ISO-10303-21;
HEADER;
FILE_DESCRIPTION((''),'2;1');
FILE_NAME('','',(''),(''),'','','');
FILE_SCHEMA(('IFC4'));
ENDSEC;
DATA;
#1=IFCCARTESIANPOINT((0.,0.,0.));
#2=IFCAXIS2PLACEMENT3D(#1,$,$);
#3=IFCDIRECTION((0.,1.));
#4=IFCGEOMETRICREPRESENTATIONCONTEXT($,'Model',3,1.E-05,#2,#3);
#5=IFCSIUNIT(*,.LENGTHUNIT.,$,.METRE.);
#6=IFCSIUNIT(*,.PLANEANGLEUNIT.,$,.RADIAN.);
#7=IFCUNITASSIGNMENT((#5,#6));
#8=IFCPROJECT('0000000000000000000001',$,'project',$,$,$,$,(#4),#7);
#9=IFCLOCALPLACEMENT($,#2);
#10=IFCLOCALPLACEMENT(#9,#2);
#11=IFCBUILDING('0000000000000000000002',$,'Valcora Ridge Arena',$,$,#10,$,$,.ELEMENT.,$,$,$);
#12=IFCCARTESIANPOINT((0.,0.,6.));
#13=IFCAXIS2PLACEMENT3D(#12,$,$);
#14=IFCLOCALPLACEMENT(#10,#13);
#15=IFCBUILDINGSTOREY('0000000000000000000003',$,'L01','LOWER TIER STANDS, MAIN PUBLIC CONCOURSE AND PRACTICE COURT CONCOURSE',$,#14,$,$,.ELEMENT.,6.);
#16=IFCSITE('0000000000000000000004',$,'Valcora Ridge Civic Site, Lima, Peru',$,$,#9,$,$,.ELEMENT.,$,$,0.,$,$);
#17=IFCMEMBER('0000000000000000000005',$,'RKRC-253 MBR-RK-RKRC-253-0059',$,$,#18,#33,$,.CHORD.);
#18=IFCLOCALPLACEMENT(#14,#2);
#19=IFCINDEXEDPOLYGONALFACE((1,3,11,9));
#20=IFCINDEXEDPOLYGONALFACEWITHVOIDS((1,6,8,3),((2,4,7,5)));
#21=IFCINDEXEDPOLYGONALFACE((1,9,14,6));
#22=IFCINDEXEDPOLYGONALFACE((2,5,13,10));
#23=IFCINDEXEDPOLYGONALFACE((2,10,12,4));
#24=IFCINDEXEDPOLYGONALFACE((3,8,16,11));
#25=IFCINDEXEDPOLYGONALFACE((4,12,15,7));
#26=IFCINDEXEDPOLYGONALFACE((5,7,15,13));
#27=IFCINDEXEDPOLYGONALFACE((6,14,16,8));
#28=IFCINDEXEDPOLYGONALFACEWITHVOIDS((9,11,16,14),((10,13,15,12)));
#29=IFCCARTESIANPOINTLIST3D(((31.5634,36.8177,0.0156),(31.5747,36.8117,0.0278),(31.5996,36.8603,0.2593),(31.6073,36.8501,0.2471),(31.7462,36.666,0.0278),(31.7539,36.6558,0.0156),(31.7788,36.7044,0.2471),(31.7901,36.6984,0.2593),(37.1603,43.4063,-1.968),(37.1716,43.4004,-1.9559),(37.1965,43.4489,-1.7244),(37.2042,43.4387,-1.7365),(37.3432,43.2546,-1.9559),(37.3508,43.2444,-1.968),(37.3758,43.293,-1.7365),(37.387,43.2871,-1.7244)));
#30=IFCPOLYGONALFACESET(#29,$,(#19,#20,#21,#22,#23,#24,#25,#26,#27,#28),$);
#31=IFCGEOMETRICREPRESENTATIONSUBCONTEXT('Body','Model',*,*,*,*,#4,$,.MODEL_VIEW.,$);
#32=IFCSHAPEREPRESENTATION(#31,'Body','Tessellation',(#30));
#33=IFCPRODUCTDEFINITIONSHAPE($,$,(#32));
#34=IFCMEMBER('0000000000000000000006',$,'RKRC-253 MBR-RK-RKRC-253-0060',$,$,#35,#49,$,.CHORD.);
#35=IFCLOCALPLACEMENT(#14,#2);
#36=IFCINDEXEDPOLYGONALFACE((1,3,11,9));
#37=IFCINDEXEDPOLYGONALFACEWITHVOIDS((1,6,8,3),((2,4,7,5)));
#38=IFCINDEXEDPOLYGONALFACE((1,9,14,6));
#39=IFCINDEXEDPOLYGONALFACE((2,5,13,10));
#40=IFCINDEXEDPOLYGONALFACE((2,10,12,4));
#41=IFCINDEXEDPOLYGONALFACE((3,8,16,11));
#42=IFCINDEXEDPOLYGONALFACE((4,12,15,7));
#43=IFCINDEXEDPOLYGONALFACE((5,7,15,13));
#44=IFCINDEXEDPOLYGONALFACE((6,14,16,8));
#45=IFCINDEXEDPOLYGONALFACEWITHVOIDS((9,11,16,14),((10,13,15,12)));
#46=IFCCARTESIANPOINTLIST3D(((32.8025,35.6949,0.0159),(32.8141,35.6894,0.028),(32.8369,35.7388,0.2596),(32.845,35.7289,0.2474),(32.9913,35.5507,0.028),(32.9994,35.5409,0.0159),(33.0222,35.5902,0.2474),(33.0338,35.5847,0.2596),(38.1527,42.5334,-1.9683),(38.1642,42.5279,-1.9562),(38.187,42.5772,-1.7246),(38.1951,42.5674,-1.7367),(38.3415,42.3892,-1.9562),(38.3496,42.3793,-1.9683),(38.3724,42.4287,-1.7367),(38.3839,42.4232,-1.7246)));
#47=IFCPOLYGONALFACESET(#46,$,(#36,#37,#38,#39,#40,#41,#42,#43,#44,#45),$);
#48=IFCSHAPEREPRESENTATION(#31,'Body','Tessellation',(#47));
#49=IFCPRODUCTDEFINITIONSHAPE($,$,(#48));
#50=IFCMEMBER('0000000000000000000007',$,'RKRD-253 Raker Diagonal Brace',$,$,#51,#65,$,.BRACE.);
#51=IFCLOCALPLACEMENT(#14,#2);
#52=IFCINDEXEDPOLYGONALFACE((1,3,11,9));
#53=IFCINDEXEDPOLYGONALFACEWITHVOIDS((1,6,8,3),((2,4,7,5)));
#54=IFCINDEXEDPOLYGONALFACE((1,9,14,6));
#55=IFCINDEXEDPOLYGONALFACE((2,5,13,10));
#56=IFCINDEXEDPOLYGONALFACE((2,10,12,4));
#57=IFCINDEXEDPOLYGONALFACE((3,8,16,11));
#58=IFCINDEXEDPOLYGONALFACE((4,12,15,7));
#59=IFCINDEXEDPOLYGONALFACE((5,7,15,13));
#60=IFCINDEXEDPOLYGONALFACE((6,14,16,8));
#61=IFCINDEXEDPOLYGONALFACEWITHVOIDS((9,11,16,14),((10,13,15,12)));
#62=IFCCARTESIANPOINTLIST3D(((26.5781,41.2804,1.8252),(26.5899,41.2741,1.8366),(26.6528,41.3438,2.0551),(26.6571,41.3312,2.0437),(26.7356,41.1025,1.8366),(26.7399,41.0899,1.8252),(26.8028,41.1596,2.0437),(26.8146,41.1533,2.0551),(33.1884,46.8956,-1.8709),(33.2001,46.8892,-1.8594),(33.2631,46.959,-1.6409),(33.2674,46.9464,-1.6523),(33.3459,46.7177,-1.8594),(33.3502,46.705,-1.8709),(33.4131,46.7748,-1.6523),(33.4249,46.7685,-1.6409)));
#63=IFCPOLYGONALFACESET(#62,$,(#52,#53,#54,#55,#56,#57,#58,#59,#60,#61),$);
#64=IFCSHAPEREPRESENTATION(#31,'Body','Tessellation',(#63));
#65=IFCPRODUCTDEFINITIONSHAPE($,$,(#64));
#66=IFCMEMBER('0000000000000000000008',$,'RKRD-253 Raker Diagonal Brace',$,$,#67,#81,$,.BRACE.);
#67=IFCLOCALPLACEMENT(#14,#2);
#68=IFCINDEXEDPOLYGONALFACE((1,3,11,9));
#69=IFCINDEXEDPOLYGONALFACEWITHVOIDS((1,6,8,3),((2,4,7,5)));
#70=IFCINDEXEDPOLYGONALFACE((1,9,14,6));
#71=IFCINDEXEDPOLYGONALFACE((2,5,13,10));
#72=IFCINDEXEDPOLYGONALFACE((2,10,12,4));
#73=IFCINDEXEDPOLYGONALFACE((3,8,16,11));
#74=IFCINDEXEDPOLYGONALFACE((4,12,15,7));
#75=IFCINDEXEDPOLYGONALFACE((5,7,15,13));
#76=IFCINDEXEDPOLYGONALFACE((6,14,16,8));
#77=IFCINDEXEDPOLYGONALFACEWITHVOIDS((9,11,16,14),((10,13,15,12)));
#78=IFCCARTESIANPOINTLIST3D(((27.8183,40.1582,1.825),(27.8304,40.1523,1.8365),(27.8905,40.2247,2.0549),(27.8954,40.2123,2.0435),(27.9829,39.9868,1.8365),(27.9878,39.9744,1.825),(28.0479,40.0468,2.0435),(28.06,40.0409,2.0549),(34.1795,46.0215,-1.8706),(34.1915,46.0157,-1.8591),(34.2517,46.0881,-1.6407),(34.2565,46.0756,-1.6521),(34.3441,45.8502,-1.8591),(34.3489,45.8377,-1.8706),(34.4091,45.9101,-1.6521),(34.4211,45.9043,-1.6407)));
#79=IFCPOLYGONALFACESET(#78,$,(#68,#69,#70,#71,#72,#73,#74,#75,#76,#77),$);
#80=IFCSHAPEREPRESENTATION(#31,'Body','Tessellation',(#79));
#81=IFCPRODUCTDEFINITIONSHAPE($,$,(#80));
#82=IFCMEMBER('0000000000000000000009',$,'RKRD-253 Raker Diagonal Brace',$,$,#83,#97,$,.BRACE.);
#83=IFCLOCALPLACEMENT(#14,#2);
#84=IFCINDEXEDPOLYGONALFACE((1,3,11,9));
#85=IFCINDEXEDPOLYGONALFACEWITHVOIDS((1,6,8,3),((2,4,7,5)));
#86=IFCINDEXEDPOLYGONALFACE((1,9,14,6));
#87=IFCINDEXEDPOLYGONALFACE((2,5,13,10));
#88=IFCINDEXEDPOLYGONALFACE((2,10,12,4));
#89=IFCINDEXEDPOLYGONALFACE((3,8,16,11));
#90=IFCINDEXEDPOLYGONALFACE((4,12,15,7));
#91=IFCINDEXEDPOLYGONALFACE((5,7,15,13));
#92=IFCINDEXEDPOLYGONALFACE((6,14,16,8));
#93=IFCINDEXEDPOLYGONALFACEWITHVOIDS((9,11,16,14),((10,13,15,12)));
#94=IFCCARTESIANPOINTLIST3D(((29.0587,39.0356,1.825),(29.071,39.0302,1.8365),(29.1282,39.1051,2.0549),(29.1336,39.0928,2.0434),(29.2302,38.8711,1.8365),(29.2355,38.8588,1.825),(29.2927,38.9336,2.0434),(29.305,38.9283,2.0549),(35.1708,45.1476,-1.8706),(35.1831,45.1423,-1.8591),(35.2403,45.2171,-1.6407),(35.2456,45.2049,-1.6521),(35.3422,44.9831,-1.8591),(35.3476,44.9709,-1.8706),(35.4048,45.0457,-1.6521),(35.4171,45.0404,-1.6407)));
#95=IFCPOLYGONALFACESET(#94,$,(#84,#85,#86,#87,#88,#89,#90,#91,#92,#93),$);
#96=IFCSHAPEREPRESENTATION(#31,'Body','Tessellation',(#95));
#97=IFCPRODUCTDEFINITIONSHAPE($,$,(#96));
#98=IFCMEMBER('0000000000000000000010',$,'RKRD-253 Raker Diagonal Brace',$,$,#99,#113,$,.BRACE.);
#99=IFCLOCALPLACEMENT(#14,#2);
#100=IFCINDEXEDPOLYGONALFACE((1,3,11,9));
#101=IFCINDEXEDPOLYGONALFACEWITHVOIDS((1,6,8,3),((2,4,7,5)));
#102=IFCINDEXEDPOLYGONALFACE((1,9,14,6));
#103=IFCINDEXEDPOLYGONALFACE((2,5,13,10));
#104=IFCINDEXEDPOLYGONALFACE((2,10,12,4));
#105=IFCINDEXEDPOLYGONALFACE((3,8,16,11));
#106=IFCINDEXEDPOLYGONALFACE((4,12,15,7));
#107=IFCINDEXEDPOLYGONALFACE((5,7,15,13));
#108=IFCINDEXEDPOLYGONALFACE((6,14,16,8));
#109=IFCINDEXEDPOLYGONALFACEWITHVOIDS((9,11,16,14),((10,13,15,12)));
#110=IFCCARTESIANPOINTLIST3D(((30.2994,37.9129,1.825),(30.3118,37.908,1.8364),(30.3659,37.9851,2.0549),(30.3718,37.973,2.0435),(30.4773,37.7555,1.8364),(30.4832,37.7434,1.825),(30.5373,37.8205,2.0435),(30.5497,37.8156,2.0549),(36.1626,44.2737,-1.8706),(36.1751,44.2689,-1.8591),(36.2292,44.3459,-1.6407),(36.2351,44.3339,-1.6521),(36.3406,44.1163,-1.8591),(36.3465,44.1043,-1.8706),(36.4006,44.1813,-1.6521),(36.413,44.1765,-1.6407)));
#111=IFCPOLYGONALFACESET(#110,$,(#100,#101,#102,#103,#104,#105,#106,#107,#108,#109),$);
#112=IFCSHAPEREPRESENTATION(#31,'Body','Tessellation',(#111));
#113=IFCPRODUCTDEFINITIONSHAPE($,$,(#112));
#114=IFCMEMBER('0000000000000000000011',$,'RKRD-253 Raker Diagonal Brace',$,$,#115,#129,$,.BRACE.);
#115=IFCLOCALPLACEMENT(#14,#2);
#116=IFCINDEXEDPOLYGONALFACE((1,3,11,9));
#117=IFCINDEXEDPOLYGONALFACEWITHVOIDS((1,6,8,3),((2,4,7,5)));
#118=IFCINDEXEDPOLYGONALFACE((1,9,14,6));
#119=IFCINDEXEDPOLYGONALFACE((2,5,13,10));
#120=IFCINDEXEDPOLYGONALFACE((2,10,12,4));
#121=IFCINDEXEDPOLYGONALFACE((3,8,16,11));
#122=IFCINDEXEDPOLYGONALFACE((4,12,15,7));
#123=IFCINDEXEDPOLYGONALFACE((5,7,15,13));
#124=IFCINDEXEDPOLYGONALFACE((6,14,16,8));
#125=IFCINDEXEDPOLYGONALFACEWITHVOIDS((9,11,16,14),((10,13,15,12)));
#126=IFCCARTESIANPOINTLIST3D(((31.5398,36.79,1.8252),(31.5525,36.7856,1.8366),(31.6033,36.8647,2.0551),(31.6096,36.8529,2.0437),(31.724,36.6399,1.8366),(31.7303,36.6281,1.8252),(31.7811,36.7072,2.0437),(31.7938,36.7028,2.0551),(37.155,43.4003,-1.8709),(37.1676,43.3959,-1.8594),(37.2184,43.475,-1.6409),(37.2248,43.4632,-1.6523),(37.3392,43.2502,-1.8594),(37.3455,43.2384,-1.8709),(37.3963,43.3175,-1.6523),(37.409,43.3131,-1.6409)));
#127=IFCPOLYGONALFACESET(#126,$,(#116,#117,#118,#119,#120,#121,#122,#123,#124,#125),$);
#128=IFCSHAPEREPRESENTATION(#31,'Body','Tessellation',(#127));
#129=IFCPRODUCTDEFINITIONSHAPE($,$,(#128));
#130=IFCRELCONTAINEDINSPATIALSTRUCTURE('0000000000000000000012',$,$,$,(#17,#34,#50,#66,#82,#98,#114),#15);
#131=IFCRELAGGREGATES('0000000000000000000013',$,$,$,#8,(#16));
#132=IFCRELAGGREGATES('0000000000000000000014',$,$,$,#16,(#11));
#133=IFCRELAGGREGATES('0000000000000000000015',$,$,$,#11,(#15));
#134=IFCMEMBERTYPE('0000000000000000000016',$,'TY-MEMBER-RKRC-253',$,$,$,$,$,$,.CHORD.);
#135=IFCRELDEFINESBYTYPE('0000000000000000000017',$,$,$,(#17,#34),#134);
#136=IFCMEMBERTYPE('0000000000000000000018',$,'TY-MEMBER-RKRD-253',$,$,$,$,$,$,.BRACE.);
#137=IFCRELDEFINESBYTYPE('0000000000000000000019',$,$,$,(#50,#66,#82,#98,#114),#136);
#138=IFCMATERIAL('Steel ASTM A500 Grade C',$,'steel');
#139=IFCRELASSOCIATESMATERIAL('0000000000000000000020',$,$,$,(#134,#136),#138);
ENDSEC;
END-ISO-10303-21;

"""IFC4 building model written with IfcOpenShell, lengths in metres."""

from ifc_helpers import new_model, si_unit, direction, frame, origin, origin_2d, place, context, subcontext, project, spatial, hollow_rectangle, extrude, material, material_profile, profile_set, type_object, element, save


model = new_model("IFC4")

# Units and contexts
model_context = context("Model", 3, precision=1e-05, world=origin(), true_north=direction((0.0, 1.0)))
body_context = subcontext(model_context, "Body", "Model", "MODEL_VIEW")
ifc_project = project(units=[si_unit("LENGTHUNIT", "METRE"), si_unit("PLANEANGLEUNIT", "RADIAN")], contexts=[model_context])

# Site, building, storey
site_placement = place(None, origin())
site = spatial("IfcSite", under=ifc_project, at=site_placement, Name="Valcora Ridge Civic Site, Lima, Peru", CompositionType="ELEMENT", RefElevation=0.0)
building_placement = place(site_placement, origin())
building = spatial("IfcBuilding", under=site, at=building_placement, Name="Valcora Ridge Arena", CompositionType="ELEMENT")
storey_placement = place(building_placement, frame((0.0, 0.0, 6.0)))
storey = spatial("IfcBuildingStorey", under=building, at=storey_placement, Name="L01", Description="LOWER TIER STANDS, MAIN PUBLIC CONCOURSE AND PRACTICE COURT CONCOURSE", CompositionType="ELEMENT", Elevation=6.0)

# Members
ifc_material_1 = material(Name="Steel ASTM A500 Grade C", Category="steel")
ifc_material_profile_1 = material_profile(ifc_material_1, hollow_rectangle(XDim=0.25, YDim=0.25, WallThickness=0.0125, at=origin_2d()), Name="HSS250X250X12")
ifc_profile_set_1 = profile_set([ifc_material_profile_1], Name="Steel ASTM A500 Grade C")
member_type_1 = type_object("IfcMemberType", Name="TY-MEMBER-RKRC-253", PredefinedType="CHORD", material=ifc_profile_set_1)
member_1_placement = place(storey_placement, frame((37.2737, 43.3467, -1.8462), z_axis=(-0.631021, -0.742829, 0.223644), x_axis=(0.762134, -0.64742, 0.0)))
element("IfcMember", 1, at=member_1_placement, inside=storey, type_object=member_type_1, Name="RKRC-253 MBR-RK-RKRC-253-0059", PredefinedType="CHORD", context=body_context, shape_type="SweptSolid", body=[
    extrude(hollow_rectangle(XDim=0.25, YDim=0.25, WallThickness=0.0125, at=origin_2d()), origin(), (0.0, 0.0, 1.0), 8.8696),
])
member_2_placement = place(storey_placement, frame((38.2683, 42.4783, -1.8464), z_axis=(-0.600703, -0.767806, 0.222776), x_axis=(0.787599, -0.616188, 0.0)))
element("IfcMember", 2, at=member_2_placement, inside=storey, type_object=member_type_1, Name="RKRC-253 MBR-RK-RKRC-253-0060", PredefinedType="CHORD", context=body_context, shape_type="SweptSolid", body=[
    extrude(hollow_rectangle(XDim=0.25, YDim=0.25, WallThickness=0.0125, at=origin_2d()), origin(), (0.0, 0.0, 1.0), 8.9065),
])
ifc_material_profile_2 = material_profile(ifc_material_1, hollow_rectangle(XDim=0.25, YDim=0.25, WallThickness=0.0125, at=origin_2d()), Name="HSS250X250X12")
ifc_profile_set_2 = profile_set([ifc_material_profile_2], Name="Steel ASTM A500 Grade C")
member_type_2 = type_object("IfcMemberType", Name="TY-MEMBER-RKRD-253", PredefinedType="BRACE", material=ifc_profile_set_2)
member_3_placement = place(storey_placement, frame((33.3066, 46.832, -1.7559), z_axis=(-0.701136, -0.595587, 0.392026), x_axis=(0.64741, -0.762142, 0.0)))
element("IfcMember", 3, at=member_3_placement, inside=storey, type_object=member_type_2, Name="RKRD-253 Raker Diagonal Brace", PredefinedType="BRACE", context=body_context, shape_type="SweptSolid", body=[
    extrude(hollow_rectangle(XDim=0.25, YDim=0.25, WallThickness=0.0125, at=origin_2d()), origin(), (0.0, 0.0, 1.0), 9.428),
])
member_4_placement = place(storey_placement, frame((34.3003, 45.9629, -1.7556), z_axis=(-0.676181, -0.623265, 0.392836), x_axis=(0.67775, -0.735292, 0.0)))
element("IfcMember", 4, at=member_4_placement, inside=storey, type_object=member_type_2, Name="RKRD-253 Raker Diagonal Brace", PredefinedType="BRACE", context=body_context, shape_type="SweptSolid", body=[
    extrude(hollow_rectangle(XDim=0.25, YDim=0.25, WallThickness=0.0125, at=origin_2d()), origin(), (0.0, 0.0, 1.0), 9.4075),
])
member_5_placement = place(storey_placement, frame((35.2939, 45.094, -1.7556), z_axis=(-0.650176, -0.650176, 0.393118), x_axis=(0.707107, -0.707107, 0.0)))
element("IfcMember", 5, at=member_5_placement, inside=storey, type_object=member_type_2, Name="RKRD-253 Raker Diagonal Brace", PredefinedType="BRACE", context=body_context, shape_type="SweptSolid", body=[
    extrude(hollow_rectangle(XDim=0.25, YDim=0.25, WallThickness=0.0125, at=origin_2d()), origin(), (0.0, 0.0, 1.0), 9.4006),
])
member_6_placement = place(storey_placement, frame((36.2878, 44.2251, -1.7556), z_axis=(-0.623276, -0.676167, 0.392843), x_axis=(0.735279, -0.677764, 0.0)))
element("IfcMember", 6, at=member_6_placement, inside=storey, type_object=member_type_2, Name="RKRD-253 Raker Diagonal Brace", PredefinedType="BRACE", context=body_context, shape_type="SweptSolid", body=[
    extrude(hollow_rectangle(XDim=0.25, YDim=0.25, WallThickness=0.0125, at=origin_2d()), origin(), (0.0, 0.0, 1.0), 9.4072),
])
member_7_placement = place(storey_placement, frame((37.282, 43.3567, -1.7559), z_axis=(-0.595587, -0.701136, 0.392026), x_axis=(0.762142, -0.64741, 0.0)))
element("IfcMember", 7, at=member_7_placement, inside=storey, type_object=member_type_2, Name="RKRD-253 Raker Diagonal Brace", PredefinedType="BRACE", context=body_context, shape_type="SweptSolid", body=[
    extrude(hollow_rectangle(XDim=0.25, YDim=0.25, WallThickness=0.0125, at=origin_2d()), origin(), (0.0, 0.0, 1.0), 9.428),
])

save(model, "model.ifc")
